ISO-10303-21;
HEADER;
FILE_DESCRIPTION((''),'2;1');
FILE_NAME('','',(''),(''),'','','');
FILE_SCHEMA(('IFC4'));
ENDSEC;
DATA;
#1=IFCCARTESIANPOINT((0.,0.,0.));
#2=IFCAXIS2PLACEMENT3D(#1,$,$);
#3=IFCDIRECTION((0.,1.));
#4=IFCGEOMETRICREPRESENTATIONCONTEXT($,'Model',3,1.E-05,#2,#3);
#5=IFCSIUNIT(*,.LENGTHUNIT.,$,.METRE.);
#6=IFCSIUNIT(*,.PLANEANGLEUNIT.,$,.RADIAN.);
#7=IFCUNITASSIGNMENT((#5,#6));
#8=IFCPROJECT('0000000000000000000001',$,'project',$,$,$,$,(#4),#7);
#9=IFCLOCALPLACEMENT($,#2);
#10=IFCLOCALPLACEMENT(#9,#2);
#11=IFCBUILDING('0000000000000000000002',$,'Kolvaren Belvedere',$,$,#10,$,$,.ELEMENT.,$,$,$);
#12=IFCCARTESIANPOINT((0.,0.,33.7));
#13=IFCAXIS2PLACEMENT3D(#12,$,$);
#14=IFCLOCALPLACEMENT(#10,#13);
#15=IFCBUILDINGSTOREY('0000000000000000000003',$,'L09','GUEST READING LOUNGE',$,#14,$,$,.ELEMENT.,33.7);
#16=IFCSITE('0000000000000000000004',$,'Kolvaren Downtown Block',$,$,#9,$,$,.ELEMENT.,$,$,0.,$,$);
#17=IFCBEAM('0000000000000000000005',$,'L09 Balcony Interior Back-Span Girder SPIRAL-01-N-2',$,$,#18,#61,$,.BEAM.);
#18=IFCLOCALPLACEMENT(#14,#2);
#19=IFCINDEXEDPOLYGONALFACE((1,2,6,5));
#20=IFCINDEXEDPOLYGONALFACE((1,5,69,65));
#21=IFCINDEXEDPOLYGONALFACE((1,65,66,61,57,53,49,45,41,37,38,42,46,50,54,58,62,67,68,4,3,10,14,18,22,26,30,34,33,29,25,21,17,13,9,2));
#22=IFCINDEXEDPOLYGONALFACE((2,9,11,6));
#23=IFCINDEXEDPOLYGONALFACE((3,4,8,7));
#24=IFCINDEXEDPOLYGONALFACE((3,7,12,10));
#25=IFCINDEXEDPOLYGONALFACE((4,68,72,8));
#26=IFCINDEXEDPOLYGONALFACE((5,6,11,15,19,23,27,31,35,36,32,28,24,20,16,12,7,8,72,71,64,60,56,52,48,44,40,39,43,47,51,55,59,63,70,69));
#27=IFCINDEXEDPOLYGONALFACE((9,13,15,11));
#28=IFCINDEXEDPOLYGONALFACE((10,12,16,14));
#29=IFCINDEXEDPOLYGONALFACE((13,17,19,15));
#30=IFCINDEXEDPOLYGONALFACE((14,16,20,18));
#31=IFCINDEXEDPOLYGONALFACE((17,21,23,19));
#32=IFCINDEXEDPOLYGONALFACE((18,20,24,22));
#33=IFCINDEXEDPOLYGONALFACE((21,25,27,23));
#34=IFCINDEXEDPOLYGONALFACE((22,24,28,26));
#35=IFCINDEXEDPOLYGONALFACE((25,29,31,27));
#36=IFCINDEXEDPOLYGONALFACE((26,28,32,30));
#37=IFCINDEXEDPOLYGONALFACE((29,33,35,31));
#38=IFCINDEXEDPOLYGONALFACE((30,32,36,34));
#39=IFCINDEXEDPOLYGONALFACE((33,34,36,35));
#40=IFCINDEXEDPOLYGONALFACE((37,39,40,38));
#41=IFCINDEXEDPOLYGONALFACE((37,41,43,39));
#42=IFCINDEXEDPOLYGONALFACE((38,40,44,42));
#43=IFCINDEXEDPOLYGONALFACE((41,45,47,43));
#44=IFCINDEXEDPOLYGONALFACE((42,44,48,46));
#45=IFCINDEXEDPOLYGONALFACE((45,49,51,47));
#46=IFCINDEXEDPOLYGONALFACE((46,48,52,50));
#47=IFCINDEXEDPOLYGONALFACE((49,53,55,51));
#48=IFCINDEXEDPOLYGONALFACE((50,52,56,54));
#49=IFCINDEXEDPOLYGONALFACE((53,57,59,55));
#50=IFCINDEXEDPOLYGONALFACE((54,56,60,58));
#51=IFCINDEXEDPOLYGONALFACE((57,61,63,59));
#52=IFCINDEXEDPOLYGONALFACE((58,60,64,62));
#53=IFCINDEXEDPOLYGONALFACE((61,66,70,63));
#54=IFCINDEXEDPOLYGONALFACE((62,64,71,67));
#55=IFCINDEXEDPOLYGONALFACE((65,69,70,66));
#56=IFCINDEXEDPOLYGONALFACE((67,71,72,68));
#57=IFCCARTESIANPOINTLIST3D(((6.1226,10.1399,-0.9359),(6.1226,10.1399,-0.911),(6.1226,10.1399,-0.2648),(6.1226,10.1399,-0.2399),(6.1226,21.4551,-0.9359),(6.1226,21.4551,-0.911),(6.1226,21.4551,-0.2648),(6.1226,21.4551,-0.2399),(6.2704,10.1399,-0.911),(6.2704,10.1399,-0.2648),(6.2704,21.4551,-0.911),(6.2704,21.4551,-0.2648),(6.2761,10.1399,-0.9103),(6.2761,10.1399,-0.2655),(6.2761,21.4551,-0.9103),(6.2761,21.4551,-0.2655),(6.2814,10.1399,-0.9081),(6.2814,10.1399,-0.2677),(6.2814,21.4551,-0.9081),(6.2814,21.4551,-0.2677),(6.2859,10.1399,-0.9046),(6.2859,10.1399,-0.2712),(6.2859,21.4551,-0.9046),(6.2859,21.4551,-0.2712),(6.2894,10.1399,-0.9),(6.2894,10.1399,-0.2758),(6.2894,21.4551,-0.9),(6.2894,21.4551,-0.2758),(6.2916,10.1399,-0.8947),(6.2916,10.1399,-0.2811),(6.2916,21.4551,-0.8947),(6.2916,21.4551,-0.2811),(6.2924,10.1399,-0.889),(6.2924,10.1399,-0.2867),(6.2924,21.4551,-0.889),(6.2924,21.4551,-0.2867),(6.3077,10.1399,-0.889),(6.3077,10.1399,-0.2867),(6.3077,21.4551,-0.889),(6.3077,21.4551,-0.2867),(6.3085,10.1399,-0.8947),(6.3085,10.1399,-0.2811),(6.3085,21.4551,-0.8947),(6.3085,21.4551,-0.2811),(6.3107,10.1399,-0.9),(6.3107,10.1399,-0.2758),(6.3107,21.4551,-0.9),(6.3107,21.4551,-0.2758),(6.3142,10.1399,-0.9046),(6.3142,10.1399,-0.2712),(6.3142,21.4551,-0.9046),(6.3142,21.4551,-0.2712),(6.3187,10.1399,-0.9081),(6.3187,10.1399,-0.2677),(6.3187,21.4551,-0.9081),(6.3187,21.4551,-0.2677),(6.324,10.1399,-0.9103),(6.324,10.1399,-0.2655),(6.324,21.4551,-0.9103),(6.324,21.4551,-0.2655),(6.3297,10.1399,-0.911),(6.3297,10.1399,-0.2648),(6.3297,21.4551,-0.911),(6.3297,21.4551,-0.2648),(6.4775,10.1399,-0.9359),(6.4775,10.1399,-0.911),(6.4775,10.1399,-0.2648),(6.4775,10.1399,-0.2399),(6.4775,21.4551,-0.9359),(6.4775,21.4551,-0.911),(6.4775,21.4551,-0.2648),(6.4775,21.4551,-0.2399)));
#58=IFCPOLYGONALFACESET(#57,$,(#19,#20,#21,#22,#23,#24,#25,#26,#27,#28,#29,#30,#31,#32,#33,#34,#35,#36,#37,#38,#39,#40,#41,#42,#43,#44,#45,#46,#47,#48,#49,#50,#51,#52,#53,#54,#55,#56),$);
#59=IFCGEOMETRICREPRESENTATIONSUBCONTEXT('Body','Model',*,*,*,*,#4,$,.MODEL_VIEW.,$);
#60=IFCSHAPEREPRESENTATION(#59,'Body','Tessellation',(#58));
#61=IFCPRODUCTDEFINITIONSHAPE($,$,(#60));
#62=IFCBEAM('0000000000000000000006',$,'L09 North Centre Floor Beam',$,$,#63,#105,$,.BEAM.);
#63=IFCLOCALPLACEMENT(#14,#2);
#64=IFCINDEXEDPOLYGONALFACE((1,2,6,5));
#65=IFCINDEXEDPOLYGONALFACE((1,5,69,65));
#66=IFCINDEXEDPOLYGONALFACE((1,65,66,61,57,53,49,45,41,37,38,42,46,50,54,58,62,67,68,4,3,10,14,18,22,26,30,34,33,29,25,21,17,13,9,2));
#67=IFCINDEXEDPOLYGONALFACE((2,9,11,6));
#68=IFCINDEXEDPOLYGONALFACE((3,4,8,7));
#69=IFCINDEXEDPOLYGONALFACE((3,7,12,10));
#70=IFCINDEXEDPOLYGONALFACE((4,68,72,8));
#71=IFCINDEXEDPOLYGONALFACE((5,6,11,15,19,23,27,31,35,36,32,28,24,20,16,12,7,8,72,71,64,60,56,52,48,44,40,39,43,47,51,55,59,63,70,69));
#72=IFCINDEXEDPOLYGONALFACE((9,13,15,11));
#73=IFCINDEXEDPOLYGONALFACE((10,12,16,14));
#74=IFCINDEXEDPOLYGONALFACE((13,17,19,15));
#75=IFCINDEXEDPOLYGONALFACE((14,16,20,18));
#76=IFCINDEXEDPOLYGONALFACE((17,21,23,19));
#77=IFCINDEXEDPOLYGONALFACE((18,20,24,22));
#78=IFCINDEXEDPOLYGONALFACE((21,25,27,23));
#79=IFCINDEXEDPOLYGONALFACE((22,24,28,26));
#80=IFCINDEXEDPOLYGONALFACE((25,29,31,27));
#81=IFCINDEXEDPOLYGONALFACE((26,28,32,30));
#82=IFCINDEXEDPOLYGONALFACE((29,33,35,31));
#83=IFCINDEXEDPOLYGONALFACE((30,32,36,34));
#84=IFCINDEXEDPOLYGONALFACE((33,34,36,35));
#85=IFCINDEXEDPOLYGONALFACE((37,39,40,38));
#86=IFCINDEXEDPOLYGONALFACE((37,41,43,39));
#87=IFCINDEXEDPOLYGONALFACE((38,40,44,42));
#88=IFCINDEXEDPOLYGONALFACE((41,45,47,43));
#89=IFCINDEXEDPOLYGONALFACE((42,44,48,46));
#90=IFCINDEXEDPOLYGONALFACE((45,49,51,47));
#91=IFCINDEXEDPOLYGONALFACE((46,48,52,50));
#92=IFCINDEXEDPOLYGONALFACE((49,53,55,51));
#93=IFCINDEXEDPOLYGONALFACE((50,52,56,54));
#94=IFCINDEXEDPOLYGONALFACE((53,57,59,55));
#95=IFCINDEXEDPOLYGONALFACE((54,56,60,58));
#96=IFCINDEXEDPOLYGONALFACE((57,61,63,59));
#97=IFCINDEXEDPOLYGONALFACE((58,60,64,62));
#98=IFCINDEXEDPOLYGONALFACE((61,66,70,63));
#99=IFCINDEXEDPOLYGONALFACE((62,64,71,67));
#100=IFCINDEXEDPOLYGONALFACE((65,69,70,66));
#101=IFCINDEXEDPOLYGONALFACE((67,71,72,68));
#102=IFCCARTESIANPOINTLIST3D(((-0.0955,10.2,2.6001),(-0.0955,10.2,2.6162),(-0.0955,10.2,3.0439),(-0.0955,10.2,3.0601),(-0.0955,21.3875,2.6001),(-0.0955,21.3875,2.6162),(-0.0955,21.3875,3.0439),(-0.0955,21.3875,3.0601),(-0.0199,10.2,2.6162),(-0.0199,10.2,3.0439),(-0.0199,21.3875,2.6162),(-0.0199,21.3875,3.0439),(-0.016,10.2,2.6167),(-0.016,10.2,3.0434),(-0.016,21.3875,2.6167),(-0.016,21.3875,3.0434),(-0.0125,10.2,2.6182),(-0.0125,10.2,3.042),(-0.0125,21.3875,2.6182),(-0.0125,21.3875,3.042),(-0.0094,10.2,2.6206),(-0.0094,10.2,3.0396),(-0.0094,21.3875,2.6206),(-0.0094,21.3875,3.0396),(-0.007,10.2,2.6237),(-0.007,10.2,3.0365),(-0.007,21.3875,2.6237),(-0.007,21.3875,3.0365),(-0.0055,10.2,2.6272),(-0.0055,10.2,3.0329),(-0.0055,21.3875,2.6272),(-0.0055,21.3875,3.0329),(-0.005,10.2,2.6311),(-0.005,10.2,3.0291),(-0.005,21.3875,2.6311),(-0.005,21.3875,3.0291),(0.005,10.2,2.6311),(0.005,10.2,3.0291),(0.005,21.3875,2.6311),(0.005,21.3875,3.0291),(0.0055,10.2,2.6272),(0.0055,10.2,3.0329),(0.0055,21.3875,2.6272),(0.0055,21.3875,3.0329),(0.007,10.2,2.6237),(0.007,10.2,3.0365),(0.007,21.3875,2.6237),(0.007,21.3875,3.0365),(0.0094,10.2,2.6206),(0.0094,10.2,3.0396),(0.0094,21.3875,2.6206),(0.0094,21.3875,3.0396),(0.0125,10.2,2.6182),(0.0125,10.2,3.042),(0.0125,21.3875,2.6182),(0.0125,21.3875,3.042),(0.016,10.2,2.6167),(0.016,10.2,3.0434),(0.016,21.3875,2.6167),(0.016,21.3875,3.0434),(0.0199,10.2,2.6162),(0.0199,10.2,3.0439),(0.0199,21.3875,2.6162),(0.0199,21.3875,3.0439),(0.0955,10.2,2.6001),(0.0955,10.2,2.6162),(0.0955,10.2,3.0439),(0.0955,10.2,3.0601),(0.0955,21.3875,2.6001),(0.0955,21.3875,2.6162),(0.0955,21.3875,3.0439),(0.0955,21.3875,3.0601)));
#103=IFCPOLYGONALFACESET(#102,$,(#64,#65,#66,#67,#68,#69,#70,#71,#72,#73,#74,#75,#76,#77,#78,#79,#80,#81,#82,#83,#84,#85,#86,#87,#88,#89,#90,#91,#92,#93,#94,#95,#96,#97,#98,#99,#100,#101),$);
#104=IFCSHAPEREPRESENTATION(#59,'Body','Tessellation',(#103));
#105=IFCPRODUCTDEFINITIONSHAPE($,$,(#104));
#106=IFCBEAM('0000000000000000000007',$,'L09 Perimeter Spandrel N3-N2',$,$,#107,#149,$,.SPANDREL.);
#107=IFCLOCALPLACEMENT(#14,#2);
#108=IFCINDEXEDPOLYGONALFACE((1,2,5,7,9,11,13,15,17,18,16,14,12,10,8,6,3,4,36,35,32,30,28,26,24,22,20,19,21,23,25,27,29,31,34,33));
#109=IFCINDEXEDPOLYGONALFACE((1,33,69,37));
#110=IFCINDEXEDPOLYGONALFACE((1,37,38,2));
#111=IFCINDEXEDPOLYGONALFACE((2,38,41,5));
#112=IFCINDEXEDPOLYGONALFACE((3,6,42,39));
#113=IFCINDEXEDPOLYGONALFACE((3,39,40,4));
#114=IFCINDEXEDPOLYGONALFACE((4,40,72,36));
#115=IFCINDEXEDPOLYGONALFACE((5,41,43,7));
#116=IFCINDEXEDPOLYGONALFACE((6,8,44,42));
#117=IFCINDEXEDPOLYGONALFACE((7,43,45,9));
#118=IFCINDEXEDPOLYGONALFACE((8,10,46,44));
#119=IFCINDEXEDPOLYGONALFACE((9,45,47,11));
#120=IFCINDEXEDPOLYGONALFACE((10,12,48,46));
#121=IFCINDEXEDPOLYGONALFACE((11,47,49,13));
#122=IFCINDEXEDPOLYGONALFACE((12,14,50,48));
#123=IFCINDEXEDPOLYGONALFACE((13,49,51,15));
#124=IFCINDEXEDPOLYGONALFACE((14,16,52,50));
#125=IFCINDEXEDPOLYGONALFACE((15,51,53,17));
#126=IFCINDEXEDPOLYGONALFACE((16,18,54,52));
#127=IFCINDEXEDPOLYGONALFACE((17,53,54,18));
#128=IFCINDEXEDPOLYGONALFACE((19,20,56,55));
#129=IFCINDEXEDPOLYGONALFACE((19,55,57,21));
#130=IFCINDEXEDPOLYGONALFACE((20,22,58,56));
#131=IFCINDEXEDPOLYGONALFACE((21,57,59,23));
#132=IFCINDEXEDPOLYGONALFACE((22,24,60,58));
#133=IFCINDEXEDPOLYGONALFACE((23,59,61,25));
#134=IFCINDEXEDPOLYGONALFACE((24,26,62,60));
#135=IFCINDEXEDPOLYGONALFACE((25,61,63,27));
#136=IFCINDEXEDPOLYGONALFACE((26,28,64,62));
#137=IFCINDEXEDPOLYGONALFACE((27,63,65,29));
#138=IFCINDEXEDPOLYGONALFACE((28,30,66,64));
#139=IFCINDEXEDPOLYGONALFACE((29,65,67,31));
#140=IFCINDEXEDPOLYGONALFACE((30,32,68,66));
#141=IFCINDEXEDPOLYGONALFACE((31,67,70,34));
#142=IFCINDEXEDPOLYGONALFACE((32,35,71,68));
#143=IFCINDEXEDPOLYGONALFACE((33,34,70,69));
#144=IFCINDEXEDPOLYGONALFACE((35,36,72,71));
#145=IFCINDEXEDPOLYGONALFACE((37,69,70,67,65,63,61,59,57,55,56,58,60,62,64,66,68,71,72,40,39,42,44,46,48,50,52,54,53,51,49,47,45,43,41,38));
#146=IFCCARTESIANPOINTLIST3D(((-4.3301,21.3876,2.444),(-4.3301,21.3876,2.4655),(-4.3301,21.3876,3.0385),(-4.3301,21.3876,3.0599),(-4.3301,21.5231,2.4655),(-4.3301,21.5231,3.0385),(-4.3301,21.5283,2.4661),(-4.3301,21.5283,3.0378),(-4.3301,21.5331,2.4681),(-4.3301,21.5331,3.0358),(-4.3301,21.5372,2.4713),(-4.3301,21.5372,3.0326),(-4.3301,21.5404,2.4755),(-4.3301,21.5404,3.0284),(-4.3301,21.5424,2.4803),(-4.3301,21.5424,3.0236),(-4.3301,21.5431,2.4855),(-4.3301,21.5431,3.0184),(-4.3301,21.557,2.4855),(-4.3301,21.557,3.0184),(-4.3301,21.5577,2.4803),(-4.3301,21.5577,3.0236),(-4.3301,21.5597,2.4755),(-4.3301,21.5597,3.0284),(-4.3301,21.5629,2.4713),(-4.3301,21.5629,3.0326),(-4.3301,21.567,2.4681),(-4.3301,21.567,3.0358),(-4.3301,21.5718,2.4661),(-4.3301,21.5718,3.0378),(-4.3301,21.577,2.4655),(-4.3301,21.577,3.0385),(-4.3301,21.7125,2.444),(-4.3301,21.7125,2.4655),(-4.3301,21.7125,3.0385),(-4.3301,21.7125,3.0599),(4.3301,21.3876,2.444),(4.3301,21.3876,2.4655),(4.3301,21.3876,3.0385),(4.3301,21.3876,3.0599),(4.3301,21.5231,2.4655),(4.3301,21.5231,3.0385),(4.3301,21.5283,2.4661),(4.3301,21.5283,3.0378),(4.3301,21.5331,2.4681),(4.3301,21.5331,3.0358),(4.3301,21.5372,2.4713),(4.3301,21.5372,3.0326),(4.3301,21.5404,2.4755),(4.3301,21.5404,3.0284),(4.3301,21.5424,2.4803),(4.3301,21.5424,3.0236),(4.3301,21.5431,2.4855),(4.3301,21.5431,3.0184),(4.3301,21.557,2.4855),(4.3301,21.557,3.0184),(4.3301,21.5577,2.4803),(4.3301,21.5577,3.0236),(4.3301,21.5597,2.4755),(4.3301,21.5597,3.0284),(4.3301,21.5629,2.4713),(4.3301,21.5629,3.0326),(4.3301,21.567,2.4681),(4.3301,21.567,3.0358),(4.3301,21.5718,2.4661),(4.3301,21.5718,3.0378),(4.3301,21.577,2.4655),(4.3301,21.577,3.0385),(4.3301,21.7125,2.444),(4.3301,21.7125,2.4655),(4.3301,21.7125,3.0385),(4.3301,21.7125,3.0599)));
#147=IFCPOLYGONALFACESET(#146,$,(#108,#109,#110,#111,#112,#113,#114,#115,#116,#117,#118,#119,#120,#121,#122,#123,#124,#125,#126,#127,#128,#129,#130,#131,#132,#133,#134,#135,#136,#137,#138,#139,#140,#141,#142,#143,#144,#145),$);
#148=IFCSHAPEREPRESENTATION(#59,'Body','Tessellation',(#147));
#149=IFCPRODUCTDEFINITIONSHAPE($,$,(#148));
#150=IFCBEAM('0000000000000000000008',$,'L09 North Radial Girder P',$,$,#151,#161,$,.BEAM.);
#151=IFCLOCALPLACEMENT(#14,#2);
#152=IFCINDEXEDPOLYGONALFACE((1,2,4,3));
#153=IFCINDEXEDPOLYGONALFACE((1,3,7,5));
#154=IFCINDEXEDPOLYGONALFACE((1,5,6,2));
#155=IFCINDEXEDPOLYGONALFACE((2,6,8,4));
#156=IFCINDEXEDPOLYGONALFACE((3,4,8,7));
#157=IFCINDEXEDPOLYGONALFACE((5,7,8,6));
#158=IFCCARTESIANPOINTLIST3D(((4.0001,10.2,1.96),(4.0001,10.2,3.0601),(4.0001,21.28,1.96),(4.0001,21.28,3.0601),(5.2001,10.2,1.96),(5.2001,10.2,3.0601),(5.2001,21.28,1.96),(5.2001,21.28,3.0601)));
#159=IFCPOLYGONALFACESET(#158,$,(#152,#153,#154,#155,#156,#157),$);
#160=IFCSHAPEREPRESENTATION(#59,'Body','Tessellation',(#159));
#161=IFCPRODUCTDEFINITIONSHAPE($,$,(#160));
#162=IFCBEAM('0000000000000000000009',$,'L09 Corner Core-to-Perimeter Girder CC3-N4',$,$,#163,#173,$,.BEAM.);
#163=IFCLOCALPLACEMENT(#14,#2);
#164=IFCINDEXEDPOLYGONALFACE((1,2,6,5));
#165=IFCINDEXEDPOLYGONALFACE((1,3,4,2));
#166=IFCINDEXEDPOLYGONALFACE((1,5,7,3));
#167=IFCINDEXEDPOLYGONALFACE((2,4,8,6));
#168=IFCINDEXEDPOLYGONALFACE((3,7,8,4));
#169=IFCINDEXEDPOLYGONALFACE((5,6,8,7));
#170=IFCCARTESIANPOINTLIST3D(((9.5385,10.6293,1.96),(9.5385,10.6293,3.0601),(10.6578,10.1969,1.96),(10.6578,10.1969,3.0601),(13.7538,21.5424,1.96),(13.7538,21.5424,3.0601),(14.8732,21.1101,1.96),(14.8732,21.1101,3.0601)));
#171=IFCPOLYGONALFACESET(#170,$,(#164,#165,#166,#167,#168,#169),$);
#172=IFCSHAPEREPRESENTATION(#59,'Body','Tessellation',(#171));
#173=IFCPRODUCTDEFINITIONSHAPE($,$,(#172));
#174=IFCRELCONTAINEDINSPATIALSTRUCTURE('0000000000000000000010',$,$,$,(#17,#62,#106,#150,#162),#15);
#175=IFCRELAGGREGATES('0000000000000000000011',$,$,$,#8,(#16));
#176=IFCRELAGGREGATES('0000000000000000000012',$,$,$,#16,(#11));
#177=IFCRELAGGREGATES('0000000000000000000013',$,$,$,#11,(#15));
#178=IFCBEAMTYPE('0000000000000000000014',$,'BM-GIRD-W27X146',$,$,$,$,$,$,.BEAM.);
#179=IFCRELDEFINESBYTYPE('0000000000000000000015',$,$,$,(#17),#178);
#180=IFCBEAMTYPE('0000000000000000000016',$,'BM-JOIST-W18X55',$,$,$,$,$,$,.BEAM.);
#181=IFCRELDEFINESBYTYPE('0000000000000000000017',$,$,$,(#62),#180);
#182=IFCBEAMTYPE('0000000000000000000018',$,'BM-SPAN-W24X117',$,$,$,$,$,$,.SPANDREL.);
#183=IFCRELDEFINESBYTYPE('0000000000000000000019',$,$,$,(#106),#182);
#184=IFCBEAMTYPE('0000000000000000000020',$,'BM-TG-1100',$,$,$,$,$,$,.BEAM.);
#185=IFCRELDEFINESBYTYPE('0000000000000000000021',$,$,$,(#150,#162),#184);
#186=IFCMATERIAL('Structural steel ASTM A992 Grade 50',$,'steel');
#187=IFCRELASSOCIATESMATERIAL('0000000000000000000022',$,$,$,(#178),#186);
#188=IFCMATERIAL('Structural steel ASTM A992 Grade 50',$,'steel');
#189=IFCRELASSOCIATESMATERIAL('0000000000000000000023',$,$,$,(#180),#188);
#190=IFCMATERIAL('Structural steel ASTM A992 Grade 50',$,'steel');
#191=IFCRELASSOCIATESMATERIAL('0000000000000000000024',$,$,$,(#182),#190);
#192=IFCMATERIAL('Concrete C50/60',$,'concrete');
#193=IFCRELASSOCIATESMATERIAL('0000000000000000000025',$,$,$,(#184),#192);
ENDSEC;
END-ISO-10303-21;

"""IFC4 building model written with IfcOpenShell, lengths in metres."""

from ifc_helpers import new_model, si_unit, direction, frame, origin, origin_2d, place, context, subcontext, project, spatial, rectangle, i_section, extrude, material, material_profile, profile_set, type_object, element, save


model = new_model("IFC4")

# Units and contexts
model_context = context("Model", 3, precision=1e-05, world=origin(), true_north=direction((0.0, 1.0)))
body_context = subcontext(model_context, "Body", "Model", "MODEL_VIEW")
ifc_project = project(units=[si_unit("LENGTHUNIT", "METRE"), si_unit("PLANEANGLEUNIT", "RADIAN")], contexts=[model_context])

# Site, building, storey
site_placement = place(None, origin())
site = spatial("IfcSite", under=ifc_project, at=site_placement, Name="Kolvaren Downtown Block", CompositionType="ELEMENT", RefElevation=0.0)
building_placement = place(site_placement, origin())
building = spatial("IfcBuilding", under=site, at=building_placement, Name="Kolvaren Belvedere", CompositionType="ELEMENT")
storey_placement = place(building_placement, frame((0.0, 0.0, 33.7)))
storey = spatial("IfcBuildingStorey", under=building, at=storey_placement, Name="L09", Description="GUEST READING LOUNGE", CompositionType="ELEMENT", Elevation=33.7)

# Beams
ifc_material_1 = material(Name="Structural steel ASTM A992 Grade 50", Category="steel")
ifc_material_profile_1 = material_profile(ifc_material_1, i_section(OverallWidth=0.355, OverallDepth=0.696, WebThickness=0.0154, FlangeThickness=0.0249, FilletRadius=0.022, at=origin_2d()), Name="W27X146")
ifc_profile_set_1 = profile_set([ifc_material_profile_1], Name="Structural steel ASTM A992 Grade 50")
beam_type_1 = type_object("IfcBeamType", Name="BM-GIRD-W27X146", PredefinedType="BEAM", material=ifc_profile_set_1)
beam_1_placement = place(storey_placement, frame((6.3, 10.1399, -0.5879), z_axis=(0.0, 1.0, 0.0), x_axis=(-1.0, 0.0, 0.0)))
element("IfcBeam", 1, at=beam_1_placement, inside=storey, type_object=beam_type_1, Name="L09 Balcony Interior Back-Span Girder SPIRAL-01-N-2", PredefinedType="BEAM", context=body_context, shape_type="SweptSolid", body=[
    extrude(i_section(OverallWidth=0.355, OverallDepth=0.696, WebThickness=0.0154, FlangeThickness=0.0249, FilletRadius=0.022, at=origin_2d()), origin(), (0.0, 0.0, 1.0), 11.3152),
])
ifc_material_2 = material(Name="Structural steel ASTM A992 Grade 50", Category="steel")
ifc_material_profile_2 = material_profile(ifc_material_2, i_section(OverallWidth=0.1909, OverallDepth=0.46, WebThickness=0.01, FlangeThickness=0.0161, FilletRadius=0.0149, at=origin_2d()), Name="W18X55")
ifc_profile_set_2 = profile_set([ifc_material_profile_2], Name="Structural steel ASTM A992 Grade 50")
beam_type_2 = type_object("IfcBeamType", Name="BM-JOIST-W18X55", PredefinedType="BEAM", material=ifc_profile_set_2)
beam_2_placement = place(storey_placement, frame((0.0, 10.2, 2.8301), z_axis=(0.0, 1.0, 0.0), x_axis=(-1.0, 0.0, 0.0)))
element("IfcBeam", 2, at=beam_2_placement, inside=storey, type_object=beam_type_2, Name="L09 North Centre Floor Beam", PredefinedType="BEAM", context=body_context, shape_type="SweptSolid", body=[
    extrude(i_section(OverallWidth=0.1909, OverallDepth=0.46, WebThickness=0.01, FlangeThickness=0.0161, FilletRadius=0.0149, at=origin_2d()), origin(), (0.0, 0.0, 1.0), 11.1875),
])
ifc_material_3 = material(Name="Structural steel ASTM A992 Grade 50", Category="steel")
ifc_material_profile_3 = material_profile(ifc_material_3, i_section(OverallWidth=0.325, OverallDepth=0.616, WebThickness=0.0139, FlangeThickness=0.0215, FilletRadius=0.02, at=origin_2d()), Name="W24X117")
ifc_profile_set_3 = profile_set([ifc_material_profile_3], Name="Structural steel ASTM A992 Grade 50")
beam_type_3 = type_object("IfcBeamType", Name="BM-SPAN-W24X117", PredefinedType="SPANDREL", material=ifc_profile_set_3)
beam_3_placement = place(storey_placement, frame((4.3301, 21.55, 2.752), z_axis=(-1.0, 0.0, 0.0), x_axis=(0.0, -1.0, 0.0)))
element("IfcBeam", 3, at=beam_3_placement, inside=storey, type_object=beam_type_3, Name="L09 Perimeter Spandrel N3-N2", PredefinedType="SPANDREL", context=body_context, shape_type="SweptSolid", body=[
    extrude(i_section(OverallWidth=0.325, OverallDepth=0.616, WebThickness=0.0139, FlangeThickness=0.0215, FilletRadius=0.02, at=origin_2d()), origin(), (0.0, 0.0, 1.0), 8.6602),
])
ifc_material_4 = material(Name="Concrete C50/60", Category="concrete")
ifc_material_profile_4 = material_profile(ifc_material_4, rectangle(XDim=1.2, YDim=1.1001, at=origin_2d()), Name="RC 1200X1100")
ifc_profile_set_4 = profile_set([ifc_material_profile_4], Name="Concrete C50/60")
beam_type_4 = type_object("IfcBeamType", Name="BM-TG-1100", PredefinedType="BEAM", material=ifc_profile_set_4)
beam_4_placement = place(storey_placement, frame((4.6001, 10.2, 2.51), z_axis=(0.0, 1.0, 0.0), x_axis=(-1.0, 0.0, 0.0)))
element("IfcBeam", 4, at=beam_4_placement, inside=storey, type_object=beam_type_4, Name="L09 North Radial Girder P", PredefinedType="BEAM", context=body_context, shape_type="SweptSolid", body=[
    extrude(rectangle(XDim=1.2, YDim=1.1001, at=origin_2d()), origin(), (0.0, 0.0, 1.0), 11.0801),
])
beam_5_placement = place(storey_placement, frame((10.0981, 10.4131, 2.51), z_axis=(0.360318, 0.932829, 0.0), x_axis=(-0.932829, 0.360318, 0.0)))
element("IfcBeam", 5, at=beam_5_placement, inside=storey, type_object=beam_type_4, Name="L09 Corner Core-to-Perimeter Girder CC3-N4", PredefinedType="BEAM", context=body_context, shape_type="SweptSolid", body=[
    extrude(rectangle(XDim=1.2, YDim=1.1001, at=origin_2d()), origin(), (0.0, 0.0, 1.0), 11.699),
])

save(model, "model.ifc")
